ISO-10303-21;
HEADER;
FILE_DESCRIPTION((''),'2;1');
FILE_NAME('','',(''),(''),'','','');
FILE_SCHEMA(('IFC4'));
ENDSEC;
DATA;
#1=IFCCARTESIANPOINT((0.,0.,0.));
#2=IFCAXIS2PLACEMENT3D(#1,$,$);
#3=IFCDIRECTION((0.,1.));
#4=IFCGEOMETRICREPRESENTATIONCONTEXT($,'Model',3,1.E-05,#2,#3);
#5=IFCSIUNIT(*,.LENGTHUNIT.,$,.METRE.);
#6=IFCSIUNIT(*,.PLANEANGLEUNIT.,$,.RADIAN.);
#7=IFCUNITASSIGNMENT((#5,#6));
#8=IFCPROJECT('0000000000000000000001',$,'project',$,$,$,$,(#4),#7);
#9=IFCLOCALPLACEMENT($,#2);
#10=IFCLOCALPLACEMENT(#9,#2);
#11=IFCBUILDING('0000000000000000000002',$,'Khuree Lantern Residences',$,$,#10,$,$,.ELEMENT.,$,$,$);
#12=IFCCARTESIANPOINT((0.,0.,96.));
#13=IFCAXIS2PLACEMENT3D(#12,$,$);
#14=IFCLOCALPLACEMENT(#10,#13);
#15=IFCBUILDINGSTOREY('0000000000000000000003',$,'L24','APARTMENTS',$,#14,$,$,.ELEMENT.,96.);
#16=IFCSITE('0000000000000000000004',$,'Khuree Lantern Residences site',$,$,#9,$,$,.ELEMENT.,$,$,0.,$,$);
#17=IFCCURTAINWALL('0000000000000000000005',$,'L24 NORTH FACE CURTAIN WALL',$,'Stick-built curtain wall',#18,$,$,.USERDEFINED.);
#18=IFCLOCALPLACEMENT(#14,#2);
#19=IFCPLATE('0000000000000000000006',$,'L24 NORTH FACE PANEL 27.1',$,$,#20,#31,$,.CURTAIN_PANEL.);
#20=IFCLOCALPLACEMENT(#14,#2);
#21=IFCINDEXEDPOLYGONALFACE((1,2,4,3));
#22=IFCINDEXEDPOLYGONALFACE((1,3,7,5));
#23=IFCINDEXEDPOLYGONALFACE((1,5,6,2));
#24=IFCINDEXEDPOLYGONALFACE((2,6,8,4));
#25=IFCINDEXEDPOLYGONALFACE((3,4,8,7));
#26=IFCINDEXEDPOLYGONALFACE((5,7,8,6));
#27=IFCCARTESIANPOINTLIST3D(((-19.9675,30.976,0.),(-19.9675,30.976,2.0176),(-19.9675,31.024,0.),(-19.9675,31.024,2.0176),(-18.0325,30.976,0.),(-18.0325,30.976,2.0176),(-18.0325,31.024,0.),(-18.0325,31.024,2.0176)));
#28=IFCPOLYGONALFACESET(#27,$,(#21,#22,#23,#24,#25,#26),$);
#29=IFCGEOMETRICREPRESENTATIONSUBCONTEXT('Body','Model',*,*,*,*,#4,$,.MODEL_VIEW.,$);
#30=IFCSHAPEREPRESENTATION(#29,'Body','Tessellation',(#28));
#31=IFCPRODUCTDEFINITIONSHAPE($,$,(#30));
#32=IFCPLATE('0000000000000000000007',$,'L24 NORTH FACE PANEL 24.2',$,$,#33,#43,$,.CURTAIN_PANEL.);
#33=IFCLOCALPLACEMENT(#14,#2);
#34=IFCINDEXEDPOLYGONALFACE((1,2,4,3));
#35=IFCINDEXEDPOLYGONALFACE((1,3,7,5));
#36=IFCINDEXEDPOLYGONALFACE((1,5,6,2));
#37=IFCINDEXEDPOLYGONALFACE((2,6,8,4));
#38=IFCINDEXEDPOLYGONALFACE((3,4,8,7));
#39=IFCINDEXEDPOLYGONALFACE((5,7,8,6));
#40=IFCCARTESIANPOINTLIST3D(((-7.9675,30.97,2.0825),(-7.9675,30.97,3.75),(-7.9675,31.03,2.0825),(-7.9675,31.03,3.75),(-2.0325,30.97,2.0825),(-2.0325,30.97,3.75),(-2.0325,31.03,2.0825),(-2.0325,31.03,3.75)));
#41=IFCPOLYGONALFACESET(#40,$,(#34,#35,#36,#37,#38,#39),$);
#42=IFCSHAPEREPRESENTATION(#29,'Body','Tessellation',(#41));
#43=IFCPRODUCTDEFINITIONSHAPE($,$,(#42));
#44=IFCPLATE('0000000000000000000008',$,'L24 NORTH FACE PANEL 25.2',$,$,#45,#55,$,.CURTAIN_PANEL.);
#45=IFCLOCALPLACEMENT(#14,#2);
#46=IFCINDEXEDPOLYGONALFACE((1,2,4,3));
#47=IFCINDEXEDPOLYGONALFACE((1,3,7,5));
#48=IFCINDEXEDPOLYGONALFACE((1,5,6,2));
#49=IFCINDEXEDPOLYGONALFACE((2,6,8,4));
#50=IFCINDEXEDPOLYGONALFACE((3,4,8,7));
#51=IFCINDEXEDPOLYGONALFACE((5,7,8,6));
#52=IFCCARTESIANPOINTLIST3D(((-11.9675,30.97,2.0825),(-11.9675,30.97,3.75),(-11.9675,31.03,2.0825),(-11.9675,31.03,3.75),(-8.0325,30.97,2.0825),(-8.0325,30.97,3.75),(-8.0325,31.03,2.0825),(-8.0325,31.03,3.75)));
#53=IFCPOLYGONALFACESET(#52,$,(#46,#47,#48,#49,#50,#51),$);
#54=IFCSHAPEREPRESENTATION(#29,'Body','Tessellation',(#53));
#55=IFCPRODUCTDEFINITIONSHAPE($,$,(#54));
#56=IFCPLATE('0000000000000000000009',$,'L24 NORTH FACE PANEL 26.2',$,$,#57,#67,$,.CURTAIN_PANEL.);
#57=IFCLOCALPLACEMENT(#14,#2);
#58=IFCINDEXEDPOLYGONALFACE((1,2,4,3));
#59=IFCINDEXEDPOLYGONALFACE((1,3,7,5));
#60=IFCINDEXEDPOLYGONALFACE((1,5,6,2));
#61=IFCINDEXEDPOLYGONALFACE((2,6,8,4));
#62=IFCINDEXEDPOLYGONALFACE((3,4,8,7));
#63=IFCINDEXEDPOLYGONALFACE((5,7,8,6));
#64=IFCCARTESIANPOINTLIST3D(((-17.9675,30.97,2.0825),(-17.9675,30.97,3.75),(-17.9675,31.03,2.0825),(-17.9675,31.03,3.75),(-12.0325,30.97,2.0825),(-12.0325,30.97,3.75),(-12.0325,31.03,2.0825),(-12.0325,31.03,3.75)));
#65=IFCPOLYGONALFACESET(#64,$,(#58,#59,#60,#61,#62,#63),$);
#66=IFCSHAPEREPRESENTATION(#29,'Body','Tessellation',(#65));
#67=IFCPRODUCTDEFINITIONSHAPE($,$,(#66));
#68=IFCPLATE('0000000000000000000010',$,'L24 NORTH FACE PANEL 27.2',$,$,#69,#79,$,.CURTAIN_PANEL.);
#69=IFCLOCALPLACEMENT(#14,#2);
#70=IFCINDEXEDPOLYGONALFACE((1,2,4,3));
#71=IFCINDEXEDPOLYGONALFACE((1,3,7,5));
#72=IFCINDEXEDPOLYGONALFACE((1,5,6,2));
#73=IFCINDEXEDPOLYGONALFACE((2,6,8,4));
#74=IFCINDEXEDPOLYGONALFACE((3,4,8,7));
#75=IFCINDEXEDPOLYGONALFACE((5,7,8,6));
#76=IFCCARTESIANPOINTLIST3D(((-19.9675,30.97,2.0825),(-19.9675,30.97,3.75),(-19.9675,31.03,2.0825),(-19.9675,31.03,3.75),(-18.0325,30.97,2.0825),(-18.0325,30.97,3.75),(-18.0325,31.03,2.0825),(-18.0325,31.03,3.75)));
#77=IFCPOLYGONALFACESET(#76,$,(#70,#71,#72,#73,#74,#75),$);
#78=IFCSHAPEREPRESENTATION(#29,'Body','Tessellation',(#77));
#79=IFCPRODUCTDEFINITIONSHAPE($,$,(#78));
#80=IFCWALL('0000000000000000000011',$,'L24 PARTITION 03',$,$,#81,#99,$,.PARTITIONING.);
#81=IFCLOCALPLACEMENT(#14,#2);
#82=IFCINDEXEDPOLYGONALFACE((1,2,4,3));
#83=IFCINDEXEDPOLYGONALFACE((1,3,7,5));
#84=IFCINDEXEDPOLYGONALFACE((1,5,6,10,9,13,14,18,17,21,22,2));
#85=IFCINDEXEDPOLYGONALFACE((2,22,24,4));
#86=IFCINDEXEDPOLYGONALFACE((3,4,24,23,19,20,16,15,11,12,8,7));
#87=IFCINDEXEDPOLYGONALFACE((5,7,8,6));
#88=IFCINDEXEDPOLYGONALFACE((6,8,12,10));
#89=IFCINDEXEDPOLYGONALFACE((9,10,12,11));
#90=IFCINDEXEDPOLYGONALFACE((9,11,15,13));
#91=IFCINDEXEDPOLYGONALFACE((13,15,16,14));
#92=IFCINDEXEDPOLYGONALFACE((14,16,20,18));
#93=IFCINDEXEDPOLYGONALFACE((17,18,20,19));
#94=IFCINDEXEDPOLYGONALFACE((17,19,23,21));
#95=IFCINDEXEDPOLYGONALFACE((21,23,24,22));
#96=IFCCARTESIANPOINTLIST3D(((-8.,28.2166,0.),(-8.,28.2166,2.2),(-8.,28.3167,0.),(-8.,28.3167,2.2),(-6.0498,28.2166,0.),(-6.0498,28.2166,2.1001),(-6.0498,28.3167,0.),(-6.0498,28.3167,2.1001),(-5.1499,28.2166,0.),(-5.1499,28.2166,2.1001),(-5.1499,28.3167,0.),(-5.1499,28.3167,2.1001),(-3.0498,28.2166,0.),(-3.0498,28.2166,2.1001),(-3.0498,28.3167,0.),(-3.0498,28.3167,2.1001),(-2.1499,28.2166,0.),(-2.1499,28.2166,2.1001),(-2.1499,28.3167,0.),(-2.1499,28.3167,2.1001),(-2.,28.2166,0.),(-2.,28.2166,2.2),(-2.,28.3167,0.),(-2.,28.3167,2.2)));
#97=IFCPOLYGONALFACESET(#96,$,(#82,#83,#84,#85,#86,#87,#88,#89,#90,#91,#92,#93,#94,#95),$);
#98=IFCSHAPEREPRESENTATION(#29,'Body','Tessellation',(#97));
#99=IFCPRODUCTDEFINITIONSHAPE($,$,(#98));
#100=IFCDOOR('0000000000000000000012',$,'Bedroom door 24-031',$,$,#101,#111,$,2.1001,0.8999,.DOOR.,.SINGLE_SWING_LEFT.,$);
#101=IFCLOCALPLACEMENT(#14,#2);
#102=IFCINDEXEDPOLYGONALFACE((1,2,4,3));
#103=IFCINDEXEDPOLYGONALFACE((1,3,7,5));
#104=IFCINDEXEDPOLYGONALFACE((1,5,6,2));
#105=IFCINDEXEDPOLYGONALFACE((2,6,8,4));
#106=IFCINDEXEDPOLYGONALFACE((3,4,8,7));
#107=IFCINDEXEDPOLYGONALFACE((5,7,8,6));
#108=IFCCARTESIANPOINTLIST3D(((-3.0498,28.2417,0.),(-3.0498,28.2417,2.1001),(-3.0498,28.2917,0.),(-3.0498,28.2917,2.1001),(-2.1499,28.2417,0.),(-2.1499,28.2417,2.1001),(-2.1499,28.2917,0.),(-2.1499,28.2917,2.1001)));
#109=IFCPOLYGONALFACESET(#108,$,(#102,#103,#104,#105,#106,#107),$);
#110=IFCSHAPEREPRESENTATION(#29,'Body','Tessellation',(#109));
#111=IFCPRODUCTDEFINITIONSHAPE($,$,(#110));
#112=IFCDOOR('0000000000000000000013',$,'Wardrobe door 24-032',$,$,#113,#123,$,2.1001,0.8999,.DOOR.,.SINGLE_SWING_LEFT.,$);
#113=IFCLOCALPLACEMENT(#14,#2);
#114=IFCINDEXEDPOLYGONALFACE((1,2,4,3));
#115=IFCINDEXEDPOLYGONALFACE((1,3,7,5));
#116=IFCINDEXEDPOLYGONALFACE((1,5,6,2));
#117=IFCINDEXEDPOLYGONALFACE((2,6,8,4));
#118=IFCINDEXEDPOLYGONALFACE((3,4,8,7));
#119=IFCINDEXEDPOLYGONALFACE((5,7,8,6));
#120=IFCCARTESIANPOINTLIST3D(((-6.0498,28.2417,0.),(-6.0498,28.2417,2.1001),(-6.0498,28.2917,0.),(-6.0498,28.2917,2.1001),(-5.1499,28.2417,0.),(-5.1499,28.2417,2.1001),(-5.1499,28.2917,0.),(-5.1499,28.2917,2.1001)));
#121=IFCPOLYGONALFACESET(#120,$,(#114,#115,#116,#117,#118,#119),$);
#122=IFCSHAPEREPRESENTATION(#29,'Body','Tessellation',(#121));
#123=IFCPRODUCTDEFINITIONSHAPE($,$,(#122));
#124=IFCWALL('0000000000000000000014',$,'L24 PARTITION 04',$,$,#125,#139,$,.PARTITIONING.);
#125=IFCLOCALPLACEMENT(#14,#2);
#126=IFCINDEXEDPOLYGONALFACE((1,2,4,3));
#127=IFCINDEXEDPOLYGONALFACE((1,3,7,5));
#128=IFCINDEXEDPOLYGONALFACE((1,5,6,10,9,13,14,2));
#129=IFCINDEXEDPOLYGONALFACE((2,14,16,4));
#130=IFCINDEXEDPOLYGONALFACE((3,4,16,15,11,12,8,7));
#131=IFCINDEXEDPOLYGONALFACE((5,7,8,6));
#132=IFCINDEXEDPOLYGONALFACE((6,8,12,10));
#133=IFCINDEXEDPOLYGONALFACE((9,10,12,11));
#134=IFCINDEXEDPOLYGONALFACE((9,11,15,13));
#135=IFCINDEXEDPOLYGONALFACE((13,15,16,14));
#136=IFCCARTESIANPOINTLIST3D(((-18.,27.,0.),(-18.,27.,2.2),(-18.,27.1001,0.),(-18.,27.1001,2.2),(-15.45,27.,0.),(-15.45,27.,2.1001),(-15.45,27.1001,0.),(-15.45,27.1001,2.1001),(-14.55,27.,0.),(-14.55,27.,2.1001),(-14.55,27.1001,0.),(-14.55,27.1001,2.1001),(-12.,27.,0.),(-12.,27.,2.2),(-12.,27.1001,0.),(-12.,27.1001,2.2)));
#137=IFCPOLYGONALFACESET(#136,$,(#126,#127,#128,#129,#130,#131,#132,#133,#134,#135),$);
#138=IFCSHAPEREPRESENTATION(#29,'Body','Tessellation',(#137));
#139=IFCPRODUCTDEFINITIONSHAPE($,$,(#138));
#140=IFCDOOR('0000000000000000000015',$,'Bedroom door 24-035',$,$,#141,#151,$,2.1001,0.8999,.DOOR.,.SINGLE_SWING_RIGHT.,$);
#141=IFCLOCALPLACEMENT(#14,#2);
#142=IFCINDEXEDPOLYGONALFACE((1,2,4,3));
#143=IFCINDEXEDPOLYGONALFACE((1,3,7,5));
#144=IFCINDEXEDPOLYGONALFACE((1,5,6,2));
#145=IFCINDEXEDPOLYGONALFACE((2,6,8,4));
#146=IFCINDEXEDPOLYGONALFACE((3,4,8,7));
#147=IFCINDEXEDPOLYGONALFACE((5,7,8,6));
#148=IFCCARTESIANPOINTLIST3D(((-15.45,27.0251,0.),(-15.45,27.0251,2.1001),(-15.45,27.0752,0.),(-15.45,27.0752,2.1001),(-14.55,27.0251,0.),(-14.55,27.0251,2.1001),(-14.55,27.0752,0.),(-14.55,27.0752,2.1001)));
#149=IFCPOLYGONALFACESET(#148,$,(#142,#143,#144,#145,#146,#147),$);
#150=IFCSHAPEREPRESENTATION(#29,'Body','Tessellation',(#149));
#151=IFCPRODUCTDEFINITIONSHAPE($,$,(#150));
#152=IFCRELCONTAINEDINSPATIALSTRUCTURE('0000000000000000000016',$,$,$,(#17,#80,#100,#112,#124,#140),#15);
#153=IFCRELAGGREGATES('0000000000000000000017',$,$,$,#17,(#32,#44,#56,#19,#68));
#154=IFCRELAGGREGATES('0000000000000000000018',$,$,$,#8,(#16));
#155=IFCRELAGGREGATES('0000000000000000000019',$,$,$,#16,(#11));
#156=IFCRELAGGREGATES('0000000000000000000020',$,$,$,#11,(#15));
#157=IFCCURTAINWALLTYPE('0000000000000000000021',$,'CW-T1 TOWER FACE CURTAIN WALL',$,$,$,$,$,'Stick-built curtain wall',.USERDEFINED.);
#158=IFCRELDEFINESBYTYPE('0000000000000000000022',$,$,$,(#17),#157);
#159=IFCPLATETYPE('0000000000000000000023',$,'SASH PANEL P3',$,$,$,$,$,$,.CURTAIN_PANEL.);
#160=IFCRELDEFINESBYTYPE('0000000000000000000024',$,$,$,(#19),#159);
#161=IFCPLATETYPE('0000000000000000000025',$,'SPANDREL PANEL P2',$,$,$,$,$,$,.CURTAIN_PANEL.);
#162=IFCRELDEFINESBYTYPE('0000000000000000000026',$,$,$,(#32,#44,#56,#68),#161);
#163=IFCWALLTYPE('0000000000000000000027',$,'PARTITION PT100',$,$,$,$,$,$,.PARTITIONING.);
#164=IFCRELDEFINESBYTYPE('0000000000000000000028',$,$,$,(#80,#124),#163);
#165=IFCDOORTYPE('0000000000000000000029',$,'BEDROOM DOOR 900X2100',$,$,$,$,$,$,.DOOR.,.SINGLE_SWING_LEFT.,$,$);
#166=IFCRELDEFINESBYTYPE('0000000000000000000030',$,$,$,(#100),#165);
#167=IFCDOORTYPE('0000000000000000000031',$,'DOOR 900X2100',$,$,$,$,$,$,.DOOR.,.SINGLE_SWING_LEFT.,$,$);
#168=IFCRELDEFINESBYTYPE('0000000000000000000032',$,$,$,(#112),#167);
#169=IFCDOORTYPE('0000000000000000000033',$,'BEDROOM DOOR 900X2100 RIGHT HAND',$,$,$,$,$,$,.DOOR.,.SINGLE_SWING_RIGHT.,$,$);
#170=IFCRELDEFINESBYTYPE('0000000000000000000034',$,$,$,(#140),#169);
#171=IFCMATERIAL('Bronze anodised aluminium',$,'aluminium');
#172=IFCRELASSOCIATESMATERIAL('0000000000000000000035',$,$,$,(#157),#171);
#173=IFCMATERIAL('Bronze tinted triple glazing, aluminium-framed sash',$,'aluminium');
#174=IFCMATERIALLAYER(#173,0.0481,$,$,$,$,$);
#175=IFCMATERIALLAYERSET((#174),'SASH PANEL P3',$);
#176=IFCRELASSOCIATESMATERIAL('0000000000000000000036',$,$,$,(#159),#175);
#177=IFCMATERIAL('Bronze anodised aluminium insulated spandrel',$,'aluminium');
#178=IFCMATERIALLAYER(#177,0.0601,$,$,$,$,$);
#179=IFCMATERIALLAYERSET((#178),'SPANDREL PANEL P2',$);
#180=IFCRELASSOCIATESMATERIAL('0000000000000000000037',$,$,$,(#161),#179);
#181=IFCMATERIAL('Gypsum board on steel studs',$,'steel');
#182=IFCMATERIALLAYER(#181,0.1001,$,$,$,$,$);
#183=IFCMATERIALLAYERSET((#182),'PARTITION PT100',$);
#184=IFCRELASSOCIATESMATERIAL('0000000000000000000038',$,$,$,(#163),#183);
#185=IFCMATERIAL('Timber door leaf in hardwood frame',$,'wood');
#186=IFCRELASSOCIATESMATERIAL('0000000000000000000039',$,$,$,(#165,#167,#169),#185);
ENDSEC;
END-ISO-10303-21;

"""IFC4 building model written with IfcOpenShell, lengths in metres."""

from ifc_helpers import new_model, si_unit, direction, frame, frame_2d, origin, origin_2d, place, context, subcontext, project, spatial, rectangle, extrude, material, layer, layer_set, type_object, element, fill, aggregate, save


model = new_model("IFC4")

# Units and contexts
model_context = context("Model", 3, precision=1e-05, world=origin(), true_north=direction((0.0, 1.0)))
body_context = subcontext(model_context, "Body", "Model", "MODEL_VIEW")
ifc_project = project(units=[si_unit("LENGTHUNIT", "METRE"), si_unit("PLANEANGLEUNIT", "RADIAN")], contexts=[model_context])

# Site, building, storey
site_placement = place(None, origin())
site = spatial("IfcSite", under=ifc_project, at=site_placement, Name="Khuree Lantern Residences site", CompositionType="ELEMENT", RefElevation=0.0)
building_placement = place(site_placement, origin())
building = spatial("IfcBuilding", under=site, at=building_placement, Name="Khuree Lantern Residences", CompositionType="ELEMENT")
storey_placement = place(building_placement, frame((0.0, 0.0, 96.0)))
storey = spatial("IfcBuildingStorey", under=building, at=storey_placement, Name="L24", Description="APARTMENTS", CompositionType="ELEMENT", Elevation=96.0)

# Curtain wall
ifc_material_1 = material(Name="Bronze anodised aluminium", Category="aluminium")
curtain_wall_type = type_object("IfcCurtainWallType", Name="CW-T1 TOWER FACE CURTAIN WALL", ElementType="Stick-built curtain wall", PredefinedType="USERDEFINED", material=ifc_material_1)
curtain_wall_placement = place(storey_placement, origin())
curtain_wall = element("IfcCurtainWall", 1, at=curtain_wall_placement, inside=storey, type_object=curtain_wall_type, Name="L24 NORTH FACE CURTAIN WALL", ObjectType="Stick-built curtain wall", PredefinedType="USERDEFINED")

# Plates
ifc_material_2 = material(Name="Bronze tinted triple glazing, aluminium-framed sash", Category="aluminium")
ifc_layer_1 = layer(ifc_material_2, 0.0481)
ifc_layer_set_1 = layer_set([ifc_layer_1], Name="SASH PANEL P3")
plate_type_1 = type_object("IfcPlateType", Name="SASH PANEL P3", PredefinedType="CURTAIN_PANEL", material=ifc_layer_set_1)
plate_1_placement = place(storey_placement, frame((-19.0, 31.0, 0.0), z_axis=(0.0, 0.0, 1.0), x_axis=(-1.0, 0.0, 0.0)))
plate_1 = element("IfcPlate", 2, at=plate_1_placement, type_object=plate_type_1, Name="L24 NORTH FACE PANEL 27.1", PredefinedType="CURTAIN_PANEL", context=body_context, shape_type="SweptSolid", body=[
    extrude(rectangle(XDim=1.9351, YDim=0.0481, at=origin_2d()), origin(), (0.0, 0.0, 1.0), 2.0176),
])
ifc_material_3 = material(Name="Bronze anodised aluminium insulated spandrel", Category="aluminium")
ifc_layer_2 = layer(ifc_material_3, 0.0601)
ifc_layer_set_2 = layer_set([ifc_layer_2], Name="SPANDREL PANEL P2")
plate_type_2 = type_object("IfcPlateType", Name="SPANDREL PANEL P2", PredefinedType="CURTAIN_PANEL", material=ifc_layer_set_2)
plate_2_placement = place(storey_placement, frame((-5.0, 31.0, 2.0825), z_axis=(0.0, 0.0, 1.0), x_axis=(-1.0, 0.0, 0.0)))
plate_2 = element("IfcPlate", 3, at=plate_2_placement, type_object=plate_type_2, Name="L24 NORTH FACE PANEL 24.2", PredefinedType="CURTAIN_PANEL", context=body_context, shape_type="SweptSolid", body=[
    extrude(rectangle(XDim=5.9351, YDim=0.0601, at=origin_2d()), origin(), (0.0, 0.0, 1.0), 1.6675),
])
plate_3_placement = place(storey_placement, frame((-10.0, 31.0, 2.0825), z_axis=(0.0, 0.0, 1.0), x_axis=(-1.0, 0.0, 0.0)))
plate_3 = element("IfcPlate", 4, at=plate_3_placement, type_object=plate_type_2, Name="L24 NORTH FACE PANEL 25.2", PredefinedType="CURTAIN_PANEL", context=body_context, shape_type="SweptSolid", body=[
    extrude(rectangle(XDim=3.9351, YDim=0.0601, at=origin_2d()), origin(), (0.0, 0.0, 1.0), 1.6675),
])
plate_4_placement = place(storey_placement, frame((-15.0, 31.0, 2.0825), z_axis=(0.0, 0.0, 1.0), x_axis=(-1.0, 0.0, 0.0)))
plate_4 = element("IfcPlate", 5, at=plate_4_placement, type_object=plate_type_2, Name="L24 NORTH FACE PANEL 26.2", PredefinedType="CURTAIN_PANEL", context=body_context, shape_type="SweptSolid", body=[
    extrude(rectangle(XDim=5.9351, YDim=0.0601, at=origin_2d()), origin(), (0.0, 0.0, 1.0), 1.6675),
])
plate_5_placement = place(storey_placement, frame((-19.0, 31.0, 2.0825), z_axis=(0.0, 0.0, 1.0), x_axis=(-1.0, 0.0, 0.0)))
plate_5 = element("IfcPlate", 6, at=plate_5_placement, type_object=plate_type_2, Name="L24 NORTH FACE PANEL 27.2", PredefinedType="CURTAIN_PANEL", context=body_context, shape_type="SweptSolid", body=[
    extrude(rectangle(XDim=1.9351, YDim=0.0601, at=origin_2d()), origin(), (0.0, 0.0, 1.0), 1.6675),
])
aggregate(curtain_wall, [plate_2, plate_3, plate_4, plate_1, plate_5])

# Wall, openings, doors
ifc_material_4 = material(Name="Gypsum board on steel studs", Category="steel")
ifc_layer_3 = layer(ifc_material_4, 0.1001)
ifc_layer_set_3 = layer_set([ifc_layer_3], Name="PARTITION PT100")
wall_type = type_object("IfcWallType", Name="PARTITION PT100", PredefinedType="PARTITIONING", material=ifc_layer_set_3)
wall_1_placement = place(storey_placement, frame((-2.0, 28.2666, 0.0), z_axis=(0.0, 0.0, 1.0), x_axis=(-1.0, 0.0, 0.0)))
wall_1 = element("IfcWall", 7, at=wall_1_placement, inside=storey, type_object=wall_type, Name="L24 PARTITION 03", PredefinedType="PARTITIONING", context=body_context, shape_type="SweptSolid", body=[
    extrude(rectangle(XDim=6.0, YDim=0.1001, at=frame_2d((3.0, 0.0))), origin(), (0.0, 0.0, 1.0), 2.2),
])
opening_1_placement = place(wall_1_placement, frame((0.1499, 0.0, 0.0)))
opening_1 = element("IfcOpeningElement", 8, at=opening_1_placement, cuts=wall_1, PredefinedType="OPENING", context=body_context, shape_type="SweptSolid", body=[
    extrude(rectangle(XDim=0.8999, YDim=2.1001, at=frame_2d((0.45, 1.05))), frame((0.0, 0.0601, 0.0), z_axis=(0.0, -1.0, 0.0), x_axis=(1.0, 0.0, 0.0)), (0.0, 0.0, 1.0), 0.1201),
])
opening_2_placement = place(wall_1_placement, frame((3.1499, 0.0, 0.0)))
opening_2 = element("IfcOpeningElement", 9, at=opening_2_placement, cuts=wall_1, PredefinedType="OPENING", context=body_context, shape_type="SweptSolid", body=[
    extrude(rectangle(XDim=0.8999, YDim=2.1001, at=frame_2d((0.45, 1.05))), frame((0.0, 0.0601, 0.0), z_axis=(0.0, -1.0, 0.0), x_axis=(1.0, 0.0, 0.0)), (0.0, 0.0, 1.0), 0.1201),
])
ifc_material_5 = material(Name="Timber door leaf in hardwood frame", Category="wood")
door_type_1 = type_object("IfcDoorType", Name="BEDROOM DOOR 900X2100", OperationType="SINGLE_SWING_LEFT", PredefinedType="DOOR", material=ifc_material_5)
door_1_placement = place(opening_1_placement, origin())
door_1 = element("IfcDoor", 10, at=door_1_placement, inside=storey, type_object=door_type_1, Name="Bedroom door 24-031", OperationType="SINGLE_SWING_LEFT", OverallHeight=2.1001, OverallWidth=0.8999, PredefinedType="DOOR", context=body_context, shape_type="SweptSolid", body=[
    extrude(rectangle(XDim=0.8999, YDim=2.1001, at=frame_2d((0.45, 1.05))), frame((0.0, 0.0249, 0.0), z_axis=(0.0, -1.0, 0.0), x_axis=(1.0, 0.0, 0.0)), (0.0, 0.0, 1.0), 0.05),
])
fill(opening_1, door_1)
door_type_2 = type_object("IfcDoorType", Name="DOOR 900X2100", OperationType="SINGLE_SWING_LEFT", PredefinedType="DOOR", material=ifc_material_5)
door_2_placement = place(opening_2_placement, origin())
door_2 = element("IfcDoor", 11, at=door_2_placement, inside=storey, type_object=door_type_2, Name="Wardrobe door 24-032", OperationType="SINGLE_SWING_LEFT", OverallHeight=2.1001, OverallWidth=0.8999, PredefinedType="DOOR", context=body_context, shape_type="SweptSolid", body=[
    extrude(rectangle(XDim=0.8999, YDim=2.1001, at=frame_2d((0.45, 1.05))), frame((0.0, 0.0249, 0.0), z_axis=(0.0, -1.0, 0.0), x_axis=(1.0, 0.0, 0.0)), (0.0, 0.0, 1.0), 0.05),
])
fill(opening_2, door_2)

# Wall, opening, door
wall_2_placement = place(storey_placement, frame((-12.0, 27.05, 0.0), z_axis=(0.0, 0.0, 1.0), x_axis=(-1.0, 0.0, 0.0)))
wall_2 = element("IfcWall", 12, at=wall_2_placement, inside=storey, type_object=wall_type, Name="L24 PARTITION 04", PredefinedType="PARTITIONING", context=body_context, shape_type="SweptSolid", body=[
    extrude(rectangle(XDim=6.0, YDim=0.1001, at=frame_2d((3.0, 0.0))), origin(), (0.0, 0.0, 1.0), 2.2),
])
opening_3_placement = place(wall_2_placement, frame((2.55, 0.0, 0.0)))
opening_3 = element("IfcOpeningElement", 13, at=opening_3_placement, cuts=wall_2, PredefinedType="OPENING", context=body_context, shape_type="SweptSolid", body=[
    extrude(rectangle(XDim=0.8999, YDim=2.1001, at=frame_2d((0.45, 1.05))), frame((0.0, 0.0601, 0.0), z_axis=(0.0, -1.0, 0.0), x_axis=(1.0, 0.0, 0.0)), (0.0, 0.0, 1.0), 0.1201),
])
door_type_3 = type_object("IfcDoorType", Name="BEDROOM DOOR 900X2100 RIGHT HAND", OperationType="SINGLE_SWING_RIGHT", PredefinedType="DOOR", material=ifc_material_5)
door_3_placement = place(opening_3_placement, origin())
door_3 = element("IfcDoor", 14, at=door_3_placement, inside=storey, type_object=door_type_3, Name="Bedroom door 24-035", OperationType="SINGLE_SWING_RIGHT", OverallHeight=2.1001, OverallWidth=0.8999, PredefinedType="DOOR", context=body_context, shape_type="SweptSolid", body=[
    extrude(rectangle(XDim=0.8999, YDim=2.1001, at=frame_2d((0.45, 1.05))), frame((0.0, 0.0249, 0.0), z_axis=(0.0, -1.0, 0.0), x_axis=(1.0, 0.0, 0.0)), (0.0, 0.0, 1.0), 0.05),
])
fill(opening_3, door_3)

save(model, "model.ifc")
